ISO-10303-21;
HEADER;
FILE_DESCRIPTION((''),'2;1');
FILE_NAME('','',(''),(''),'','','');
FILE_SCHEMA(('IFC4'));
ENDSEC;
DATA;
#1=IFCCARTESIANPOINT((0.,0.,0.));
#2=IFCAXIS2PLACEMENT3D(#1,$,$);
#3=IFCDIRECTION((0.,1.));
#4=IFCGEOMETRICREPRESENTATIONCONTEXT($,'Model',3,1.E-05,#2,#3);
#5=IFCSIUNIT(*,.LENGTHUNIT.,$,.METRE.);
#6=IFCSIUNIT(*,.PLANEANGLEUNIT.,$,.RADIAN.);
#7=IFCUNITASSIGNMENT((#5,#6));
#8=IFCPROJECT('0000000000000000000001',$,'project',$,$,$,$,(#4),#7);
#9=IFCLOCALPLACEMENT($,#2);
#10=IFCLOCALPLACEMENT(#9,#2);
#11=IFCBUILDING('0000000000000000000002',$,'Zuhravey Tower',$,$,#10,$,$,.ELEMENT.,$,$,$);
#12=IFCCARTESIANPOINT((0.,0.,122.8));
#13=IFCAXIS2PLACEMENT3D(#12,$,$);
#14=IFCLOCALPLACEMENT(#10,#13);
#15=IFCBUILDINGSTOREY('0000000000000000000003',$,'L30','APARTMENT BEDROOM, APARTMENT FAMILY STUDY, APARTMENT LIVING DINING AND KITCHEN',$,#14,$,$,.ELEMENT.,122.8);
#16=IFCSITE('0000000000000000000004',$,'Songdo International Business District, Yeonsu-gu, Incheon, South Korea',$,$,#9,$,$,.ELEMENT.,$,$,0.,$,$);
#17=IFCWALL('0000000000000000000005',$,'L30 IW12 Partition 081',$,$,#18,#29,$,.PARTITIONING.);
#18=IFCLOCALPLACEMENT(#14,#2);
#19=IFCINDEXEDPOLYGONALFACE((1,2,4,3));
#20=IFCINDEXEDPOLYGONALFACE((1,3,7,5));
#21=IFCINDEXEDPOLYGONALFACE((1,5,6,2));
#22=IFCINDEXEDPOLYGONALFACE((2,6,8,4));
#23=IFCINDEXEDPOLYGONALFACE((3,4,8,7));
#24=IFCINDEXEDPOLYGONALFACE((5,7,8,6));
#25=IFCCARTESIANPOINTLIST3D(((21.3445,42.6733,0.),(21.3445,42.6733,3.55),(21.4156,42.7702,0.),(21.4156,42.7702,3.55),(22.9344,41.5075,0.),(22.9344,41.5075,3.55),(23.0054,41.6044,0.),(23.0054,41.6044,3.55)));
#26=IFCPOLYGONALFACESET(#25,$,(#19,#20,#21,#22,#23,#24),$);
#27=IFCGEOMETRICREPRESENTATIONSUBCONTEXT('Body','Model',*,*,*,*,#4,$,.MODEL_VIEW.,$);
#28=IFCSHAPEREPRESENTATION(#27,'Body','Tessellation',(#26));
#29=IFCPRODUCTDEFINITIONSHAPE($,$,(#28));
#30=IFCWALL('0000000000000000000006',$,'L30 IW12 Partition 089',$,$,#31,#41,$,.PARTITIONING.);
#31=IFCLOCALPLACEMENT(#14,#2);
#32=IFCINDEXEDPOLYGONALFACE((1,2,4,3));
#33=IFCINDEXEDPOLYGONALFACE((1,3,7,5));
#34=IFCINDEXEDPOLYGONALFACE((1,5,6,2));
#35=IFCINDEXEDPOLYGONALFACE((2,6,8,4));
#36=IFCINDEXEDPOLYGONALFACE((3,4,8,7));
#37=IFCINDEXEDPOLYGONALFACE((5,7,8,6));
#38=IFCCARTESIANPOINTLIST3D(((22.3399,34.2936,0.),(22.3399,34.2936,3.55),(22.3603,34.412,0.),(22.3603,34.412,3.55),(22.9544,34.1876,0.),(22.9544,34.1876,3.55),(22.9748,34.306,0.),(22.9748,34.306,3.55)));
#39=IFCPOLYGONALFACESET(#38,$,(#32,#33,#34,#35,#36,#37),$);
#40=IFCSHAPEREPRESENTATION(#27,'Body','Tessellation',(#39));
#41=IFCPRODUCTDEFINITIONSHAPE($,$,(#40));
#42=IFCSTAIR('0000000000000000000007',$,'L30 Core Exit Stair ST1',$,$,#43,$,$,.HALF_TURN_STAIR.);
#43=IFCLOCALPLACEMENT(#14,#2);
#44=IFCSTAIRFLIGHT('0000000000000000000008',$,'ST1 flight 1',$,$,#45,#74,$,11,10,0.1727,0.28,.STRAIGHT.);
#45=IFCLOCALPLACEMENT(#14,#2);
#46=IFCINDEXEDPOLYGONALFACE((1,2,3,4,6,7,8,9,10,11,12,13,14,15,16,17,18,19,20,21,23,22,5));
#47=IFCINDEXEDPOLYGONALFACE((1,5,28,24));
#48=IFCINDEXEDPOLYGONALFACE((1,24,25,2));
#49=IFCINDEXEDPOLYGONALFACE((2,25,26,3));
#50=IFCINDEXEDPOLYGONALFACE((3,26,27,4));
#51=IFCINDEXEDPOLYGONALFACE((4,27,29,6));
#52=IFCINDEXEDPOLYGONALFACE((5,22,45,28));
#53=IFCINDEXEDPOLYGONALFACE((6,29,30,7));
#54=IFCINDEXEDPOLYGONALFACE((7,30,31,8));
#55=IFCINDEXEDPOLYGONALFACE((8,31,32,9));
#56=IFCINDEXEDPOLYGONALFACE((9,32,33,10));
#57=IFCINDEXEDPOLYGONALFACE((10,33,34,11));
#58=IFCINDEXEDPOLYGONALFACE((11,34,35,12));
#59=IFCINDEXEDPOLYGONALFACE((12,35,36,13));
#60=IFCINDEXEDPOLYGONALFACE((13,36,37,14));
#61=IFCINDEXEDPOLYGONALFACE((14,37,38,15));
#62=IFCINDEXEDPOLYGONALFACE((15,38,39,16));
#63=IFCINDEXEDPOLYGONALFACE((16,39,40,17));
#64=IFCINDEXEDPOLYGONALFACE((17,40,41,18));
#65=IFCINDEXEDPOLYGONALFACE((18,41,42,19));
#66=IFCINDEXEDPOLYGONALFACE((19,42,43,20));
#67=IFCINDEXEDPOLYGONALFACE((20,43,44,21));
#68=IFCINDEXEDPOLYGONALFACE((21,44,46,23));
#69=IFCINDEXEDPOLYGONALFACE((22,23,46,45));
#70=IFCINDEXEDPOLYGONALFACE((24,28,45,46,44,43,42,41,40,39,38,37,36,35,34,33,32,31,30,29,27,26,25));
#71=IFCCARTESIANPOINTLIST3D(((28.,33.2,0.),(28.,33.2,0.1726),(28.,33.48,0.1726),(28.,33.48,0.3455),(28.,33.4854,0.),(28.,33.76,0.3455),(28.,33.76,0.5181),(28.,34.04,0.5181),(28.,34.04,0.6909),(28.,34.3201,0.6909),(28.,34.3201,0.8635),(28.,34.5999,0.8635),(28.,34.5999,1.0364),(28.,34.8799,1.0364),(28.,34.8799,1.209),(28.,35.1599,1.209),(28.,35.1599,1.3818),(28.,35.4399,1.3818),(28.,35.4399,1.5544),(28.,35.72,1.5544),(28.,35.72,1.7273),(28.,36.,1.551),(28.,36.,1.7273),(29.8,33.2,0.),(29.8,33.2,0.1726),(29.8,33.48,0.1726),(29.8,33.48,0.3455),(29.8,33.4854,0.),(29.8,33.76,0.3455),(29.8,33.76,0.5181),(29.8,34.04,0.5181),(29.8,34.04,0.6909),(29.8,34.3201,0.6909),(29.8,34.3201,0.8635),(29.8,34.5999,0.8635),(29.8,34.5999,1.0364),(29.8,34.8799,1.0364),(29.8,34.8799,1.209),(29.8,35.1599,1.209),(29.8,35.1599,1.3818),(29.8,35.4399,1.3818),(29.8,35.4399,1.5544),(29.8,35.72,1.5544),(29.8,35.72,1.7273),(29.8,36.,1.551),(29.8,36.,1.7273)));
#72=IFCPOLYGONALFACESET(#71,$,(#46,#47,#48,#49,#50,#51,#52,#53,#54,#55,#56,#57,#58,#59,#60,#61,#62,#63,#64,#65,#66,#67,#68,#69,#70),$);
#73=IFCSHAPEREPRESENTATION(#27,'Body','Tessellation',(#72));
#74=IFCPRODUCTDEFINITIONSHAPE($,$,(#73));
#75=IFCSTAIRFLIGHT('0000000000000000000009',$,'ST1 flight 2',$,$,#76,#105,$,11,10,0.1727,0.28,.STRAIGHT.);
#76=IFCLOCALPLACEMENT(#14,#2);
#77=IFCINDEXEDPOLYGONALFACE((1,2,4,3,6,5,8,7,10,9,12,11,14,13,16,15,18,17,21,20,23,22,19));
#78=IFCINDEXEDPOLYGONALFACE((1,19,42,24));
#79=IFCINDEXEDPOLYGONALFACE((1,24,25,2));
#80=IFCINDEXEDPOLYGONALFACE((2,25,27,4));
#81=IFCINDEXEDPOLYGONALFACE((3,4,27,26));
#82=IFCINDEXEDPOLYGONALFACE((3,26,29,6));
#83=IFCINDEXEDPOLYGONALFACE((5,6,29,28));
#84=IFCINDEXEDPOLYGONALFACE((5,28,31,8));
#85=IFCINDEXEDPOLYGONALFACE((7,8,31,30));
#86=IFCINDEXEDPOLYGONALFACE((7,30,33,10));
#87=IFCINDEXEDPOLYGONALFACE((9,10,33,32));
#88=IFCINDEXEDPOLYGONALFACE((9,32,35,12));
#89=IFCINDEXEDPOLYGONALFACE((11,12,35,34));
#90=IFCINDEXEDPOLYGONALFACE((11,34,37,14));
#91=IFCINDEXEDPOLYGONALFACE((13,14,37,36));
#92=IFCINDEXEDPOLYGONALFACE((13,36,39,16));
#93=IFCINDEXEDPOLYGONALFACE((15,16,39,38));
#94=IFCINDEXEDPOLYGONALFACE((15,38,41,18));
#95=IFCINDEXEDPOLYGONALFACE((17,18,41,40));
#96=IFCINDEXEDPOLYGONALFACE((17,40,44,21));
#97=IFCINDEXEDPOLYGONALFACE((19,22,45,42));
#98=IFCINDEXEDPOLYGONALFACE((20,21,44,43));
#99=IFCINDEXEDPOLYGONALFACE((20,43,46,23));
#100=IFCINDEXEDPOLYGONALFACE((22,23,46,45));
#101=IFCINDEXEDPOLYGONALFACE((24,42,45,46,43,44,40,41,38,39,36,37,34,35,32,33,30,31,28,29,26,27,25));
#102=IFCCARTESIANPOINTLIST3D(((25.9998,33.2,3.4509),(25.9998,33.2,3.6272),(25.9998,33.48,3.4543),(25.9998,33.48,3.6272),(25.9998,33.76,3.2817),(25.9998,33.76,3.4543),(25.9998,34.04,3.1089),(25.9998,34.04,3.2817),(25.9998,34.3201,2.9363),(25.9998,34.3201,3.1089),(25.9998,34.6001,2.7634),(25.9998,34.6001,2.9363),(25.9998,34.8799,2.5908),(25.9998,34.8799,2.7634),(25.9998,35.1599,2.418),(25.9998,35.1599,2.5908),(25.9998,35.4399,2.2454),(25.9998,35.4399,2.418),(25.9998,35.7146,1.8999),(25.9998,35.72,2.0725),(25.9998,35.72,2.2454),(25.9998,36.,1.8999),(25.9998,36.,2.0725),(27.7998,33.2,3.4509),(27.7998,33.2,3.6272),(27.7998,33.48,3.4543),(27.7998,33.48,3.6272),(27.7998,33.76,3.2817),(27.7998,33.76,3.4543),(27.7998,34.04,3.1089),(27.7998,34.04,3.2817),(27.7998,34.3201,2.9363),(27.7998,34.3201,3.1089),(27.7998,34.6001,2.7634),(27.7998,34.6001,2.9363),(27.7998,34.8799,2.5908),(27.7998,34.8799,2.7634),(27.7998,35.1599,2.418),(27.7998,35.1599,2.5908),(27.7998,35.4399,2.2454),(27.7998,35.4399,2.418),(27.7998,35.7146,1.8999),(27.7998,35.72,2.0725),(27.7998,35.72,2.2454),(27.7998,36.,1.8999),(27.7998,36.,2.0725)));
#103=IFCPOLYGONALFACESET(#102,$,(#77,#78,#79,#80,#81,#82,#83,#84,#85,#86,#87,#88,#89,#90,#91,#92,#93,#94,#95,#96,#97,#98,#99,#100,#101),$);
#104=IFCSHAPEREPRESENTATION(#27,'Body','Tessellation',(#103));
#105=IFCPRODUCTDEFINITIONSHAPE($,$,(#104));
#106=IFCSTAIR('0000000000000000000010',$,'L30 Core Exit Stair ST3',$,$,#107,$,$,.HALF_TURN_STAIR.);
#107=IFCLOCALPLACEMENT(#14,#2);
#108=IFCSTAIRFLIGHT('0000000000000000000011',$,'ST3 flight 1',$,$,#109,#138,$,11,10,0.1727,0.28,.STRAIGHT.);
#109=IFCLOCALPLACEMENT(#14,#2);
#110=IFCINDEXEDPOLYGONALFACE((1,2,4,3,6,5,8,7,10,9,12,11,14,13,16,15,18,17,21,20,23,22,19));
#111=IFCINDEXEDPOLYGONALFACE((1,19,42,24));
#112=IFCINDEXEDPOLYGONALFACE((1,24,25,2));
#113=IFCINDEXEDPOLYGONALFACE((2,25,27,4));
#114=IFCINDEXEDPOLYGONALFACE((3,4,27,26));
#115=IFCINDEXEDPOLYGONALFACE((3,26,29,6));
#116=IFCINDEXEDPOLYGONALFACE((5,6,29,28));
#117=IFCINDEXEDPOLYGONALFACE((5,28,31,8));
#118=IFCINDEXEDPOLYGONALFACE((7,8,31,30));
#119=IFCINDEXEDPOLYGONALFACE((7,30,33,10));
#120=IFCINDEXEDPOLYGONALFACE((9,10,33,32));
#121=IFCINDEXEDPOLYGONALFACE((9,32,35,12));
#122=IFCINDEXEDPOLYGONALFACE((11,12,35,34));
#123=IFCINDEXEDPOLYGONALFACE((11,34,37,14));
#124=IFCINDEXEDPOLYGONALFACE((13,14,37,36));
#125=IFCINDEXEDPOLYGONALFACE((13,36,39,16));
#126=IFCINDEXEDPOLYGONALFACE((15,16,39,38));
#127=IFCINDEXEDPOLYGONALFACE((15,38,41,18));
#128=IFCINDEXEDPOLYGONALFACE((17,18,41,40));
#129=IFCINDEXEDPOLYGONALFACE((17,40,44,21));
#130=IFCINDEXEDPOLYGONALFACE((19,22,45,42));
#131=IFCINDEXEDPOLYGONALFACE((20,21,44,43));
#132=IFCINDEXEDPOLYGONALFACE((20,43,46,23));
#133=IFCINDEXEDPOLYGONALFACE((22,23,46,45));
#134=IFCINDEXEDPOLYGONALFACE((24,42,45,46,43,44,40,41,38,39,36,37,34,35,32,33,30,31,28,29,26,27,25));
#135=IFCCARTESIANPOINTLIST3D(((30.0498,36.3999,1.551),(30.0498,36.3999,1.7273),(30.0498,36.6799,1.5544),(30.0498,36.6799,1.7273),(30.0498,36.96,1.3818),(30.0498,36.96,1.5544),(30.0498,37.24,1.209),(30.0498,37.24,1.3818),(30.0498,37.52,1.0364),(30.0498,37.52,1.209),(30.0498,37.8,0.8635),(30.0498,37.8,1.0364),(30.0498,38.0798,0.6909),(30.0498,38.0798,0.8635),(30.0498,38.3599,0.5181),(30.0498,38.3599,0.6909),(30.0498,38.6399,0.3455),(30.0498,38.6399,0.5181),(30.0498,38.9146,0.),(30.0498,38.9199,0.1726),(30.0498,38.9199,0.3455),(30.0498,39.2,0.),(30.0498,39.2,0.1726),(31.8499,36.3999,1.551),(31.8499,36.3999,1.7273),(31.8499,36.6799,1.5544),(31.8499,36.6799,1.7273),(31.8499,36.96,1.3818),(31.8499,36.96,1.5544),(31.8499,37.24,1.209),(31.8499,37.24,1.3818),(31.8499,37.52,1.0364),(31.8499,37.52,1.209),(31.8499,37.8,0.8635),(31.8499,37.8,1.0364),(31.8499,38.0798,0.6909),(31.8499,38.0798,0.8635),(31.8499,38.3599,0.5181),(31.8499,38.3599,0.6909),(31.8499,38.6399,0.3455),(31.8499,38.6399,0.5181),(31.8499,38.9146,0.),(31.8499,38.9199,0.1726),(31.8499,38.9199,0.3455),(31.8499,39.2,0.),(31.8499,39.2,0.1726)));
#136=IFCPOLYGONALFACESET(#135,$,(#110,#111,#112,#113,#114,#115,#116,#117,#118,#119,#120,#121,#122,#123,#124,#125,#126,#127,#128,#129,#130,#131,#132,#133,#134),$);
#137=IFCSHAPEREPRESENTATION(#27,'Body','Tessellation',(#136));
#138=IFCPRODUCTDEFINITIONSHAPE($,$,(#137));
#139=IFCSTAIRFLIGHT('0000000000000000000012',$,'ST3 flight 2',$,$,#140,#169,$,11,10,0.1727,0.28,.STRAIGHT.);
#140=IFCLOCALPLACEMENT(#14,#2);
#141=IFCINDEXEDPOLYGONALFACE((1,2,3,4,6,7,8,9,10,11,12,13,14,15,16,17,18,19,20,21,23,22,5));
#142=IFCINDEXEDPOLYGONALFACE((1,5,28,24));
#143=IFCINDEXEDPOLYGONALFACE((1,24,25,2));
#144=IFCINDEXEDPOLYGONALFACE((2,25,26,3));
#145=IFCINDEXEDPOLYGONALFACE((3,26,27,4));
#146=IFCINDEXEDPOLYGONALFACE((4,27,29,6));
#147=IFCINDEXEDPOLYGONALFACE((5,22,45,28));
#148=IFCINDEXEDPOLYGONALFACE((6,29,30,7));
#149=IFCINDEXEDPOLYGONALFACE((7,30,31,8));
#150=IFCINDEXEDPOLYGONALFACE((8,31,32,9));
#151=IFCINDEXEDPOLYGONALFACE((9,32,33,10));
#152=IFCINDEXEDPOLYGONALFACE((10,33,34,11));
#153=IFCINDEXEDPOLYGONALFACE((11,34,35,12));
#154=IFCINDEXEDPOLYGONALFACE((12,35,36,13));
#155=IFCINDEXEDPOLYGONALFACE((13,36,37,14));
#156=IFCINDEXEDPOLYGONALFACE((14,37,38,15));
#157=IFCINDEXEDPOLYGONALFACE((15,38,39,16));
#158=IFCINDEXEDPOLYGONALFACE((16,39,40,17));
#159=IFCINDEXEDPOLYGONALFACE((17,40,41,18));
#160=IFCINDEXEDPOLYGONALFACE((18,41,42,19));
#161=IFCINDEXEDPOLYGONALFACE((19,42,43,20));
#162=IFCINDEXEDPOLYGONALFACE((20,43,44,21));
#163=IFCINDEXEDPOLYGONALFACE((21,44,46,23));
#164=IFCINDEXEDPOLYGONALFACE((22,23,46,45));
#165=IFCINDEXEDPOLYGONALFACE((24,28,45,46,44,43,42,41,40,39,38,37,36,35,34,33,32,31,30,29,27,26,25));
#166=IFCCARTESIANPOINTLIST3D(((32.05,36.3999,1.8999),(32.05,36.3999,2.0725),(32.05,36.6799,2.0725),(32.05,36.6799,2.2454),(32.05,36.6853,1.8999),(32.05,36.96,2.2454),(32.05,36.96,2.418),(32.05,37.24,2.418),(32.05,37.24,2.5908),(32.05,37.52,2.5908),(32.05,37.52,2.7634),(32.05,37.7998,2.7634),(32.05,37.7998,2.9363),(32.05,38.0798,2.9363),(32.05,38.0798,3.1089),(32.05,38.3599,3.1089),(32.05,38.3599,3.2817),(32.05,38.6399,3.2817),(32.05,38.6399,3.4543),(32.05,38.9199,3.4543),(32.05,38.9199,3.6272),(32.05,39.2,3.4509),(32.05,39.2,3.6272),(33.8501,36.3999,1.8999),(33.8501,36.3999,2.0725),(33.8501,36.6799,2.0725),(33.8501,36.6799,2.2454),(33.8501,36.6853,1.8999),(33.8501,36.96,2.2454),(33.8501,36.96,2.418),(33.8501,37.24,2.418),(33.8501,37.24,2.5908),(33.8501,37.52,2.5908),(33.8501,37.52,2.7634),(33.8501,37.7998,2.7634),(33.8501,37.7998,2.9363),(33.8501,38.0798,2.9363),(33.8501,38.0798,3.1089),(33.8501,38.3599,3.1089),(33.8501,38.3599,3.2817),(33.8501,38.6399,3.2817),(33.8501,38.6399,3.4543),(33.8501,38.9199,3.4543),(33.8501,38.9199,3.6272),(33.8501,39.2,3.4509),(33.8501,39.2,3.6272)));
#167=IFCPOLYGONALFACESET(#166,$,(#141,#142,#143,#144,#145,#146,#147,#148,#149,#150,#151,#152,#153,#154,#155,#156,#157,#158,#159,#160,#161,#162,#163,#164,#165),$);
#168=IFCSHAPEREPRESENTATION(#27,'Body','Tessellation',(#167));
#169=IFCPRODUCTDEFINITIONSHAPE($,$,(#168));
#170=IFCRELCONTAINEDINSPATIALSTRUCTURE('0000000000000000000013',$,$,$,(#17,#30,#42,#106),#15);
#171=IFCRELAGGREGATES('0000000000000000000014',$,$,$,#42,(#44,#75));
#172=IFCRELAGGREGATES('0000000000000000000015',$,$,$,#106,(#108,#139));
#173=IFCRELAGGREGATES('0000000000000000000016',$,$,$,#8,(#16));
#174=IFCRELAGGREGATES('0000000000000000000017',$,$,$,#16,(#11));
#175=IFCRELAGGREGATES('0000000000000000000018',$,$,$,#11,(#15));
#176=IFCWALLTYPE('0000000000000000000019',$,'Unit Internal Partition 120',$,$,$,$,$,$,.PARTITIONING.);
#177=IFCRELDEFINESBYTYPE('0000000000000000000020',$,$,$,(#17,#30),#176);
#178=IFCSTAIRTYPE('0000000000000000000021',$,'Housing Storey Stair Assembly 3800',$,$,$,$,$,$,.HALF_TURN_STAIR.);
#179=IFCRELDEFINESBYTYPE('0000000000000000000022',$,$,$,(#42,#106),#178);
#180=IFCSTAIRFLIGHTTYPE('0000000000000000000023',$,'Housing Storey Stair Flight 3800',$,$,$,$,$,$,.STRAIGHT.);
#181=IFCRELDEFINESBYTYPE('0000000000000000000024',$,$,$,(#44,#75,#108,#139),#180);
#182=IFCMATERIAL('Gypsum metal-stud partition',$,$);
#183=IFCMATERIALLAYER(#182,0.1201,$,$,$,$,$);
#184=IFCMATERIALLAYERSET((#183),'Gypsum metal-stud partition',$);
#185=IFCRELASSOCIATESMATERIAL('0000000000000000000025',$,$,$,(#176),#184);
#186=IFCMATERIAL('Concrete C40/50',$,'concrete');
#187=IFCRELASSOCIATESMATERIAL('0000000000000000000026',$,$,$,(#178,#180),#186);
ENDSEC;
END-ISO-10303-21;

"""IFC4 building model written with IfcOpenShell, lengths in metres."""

from ifc_helpers import new_model, si_unit, direction, frame, frame_2d, origin, place, context, subcontext, project, spatial, polyline, rectangle, outline, extrude, material, layer, layer_set, type_object, element, aggregate, save


model = new_model("IFC4")

# Units and contexts
model_context = context("Model", 3, precision=1e-05, world=origin(), true_north=direction((0.0, 1.0)))
body_context = subcontext(model_context, "Body", "Model", "MODEL_VIEW")
ifc_project = project(units=[si_unit("LENGTHUNIT", "METRE"), si_unit("PLANEANGLEUNIT", "RADIAN")], contexts=[model_context])

# Site, building, storey
site_placement = place(None, origin())
site = spatial("IfcSite", under=ifc_project, at=site_placement, Name="Songdo International Business District, Yeonsu-gu, Incheon, South Korea", CompositionType="ELEMENT", RefElevation=0.0)
building_placement = place(site_placement, origin())
building = spatial("IfcBuilding", under=site, at=building_placement, Name="Zuhravey Tower", CompositionType="ELEMENT")
storey_placement = place(building_placement, frame((0.0, 0.0, 122.8)))
storey = spatial("IfcBuildingStorey", under=building, at=storey_placement, Name="L30", Description="APARTMENT BEDROOM, APARTMENT FAMILY STUDY, APARTMENT LIVING DINING AND KITCHEN", CompositionType="ELEMENT", Elevation=122.8)

# Walls
ifc_material_1 = material(Name="Gypsum metal-stud partition")
ifc_layer_1 = layer(ifc_material_1, 0.1201)
ifc_layer_set_1 = layer_set([ifc_layer_1], Name="Gypsum metal-stud partition")
wall_type_1 = type_object("IfcWallType", Name="Unit Internal Partition 120", PredefinedType="PARTITIONING", material=ifc_layer_set_1)
wall_1_placement = place(storey_placement, frame((22.97, 41.5559, 0.0), z_axis=(0.0, 0.0, 1.0), x_axis=(-0.806433, 0.591326, 0.0)))
element("IfcWall", 1, at=wall_1_placement, inside=storey, type_object=wall_type_1, Name="L30 IW12 Partition 081", PredefinedType="PARTITIONING", context=body_context, shape_type="SweptSolid", body=[
    extrude(rectangle(XDim=1.9714, YDim=0.1201, at=frame_2d((0.9858, 0.0))), origin(), (0.0, 0.0, 1.0), 3.55),
])
wall_2_placement = place(storey_placement, frame((22.9646, 34.2468, 0.0), z_axis=(0.0, 0.0, 1.0), x_axis=(-0.985458, 0.16992, 0.0)))
element("IfcWall", 2, at=wall_2_placement, inside=storey, type_object=wall_type_1, Name="L30 IW12 Partition 089", PredefinedType="PARTITIONING", context=body_context, shape_type="SweptSolid", body=[
    extrude(rectangle(XDim=0.6235, YDim=0.1201, at=frame_2d((0.3118, 0.0))), origin(), (0.0, 0.0, 1.0), 3.55),
])

# Stairs, stair flights
ifc_material_2 = material(Name="Concrete C40/50", Category="concrete")
stair_type = type_object("IfcStairType", Name="Housing Storey Stair Assembly 3800", PredefinedType="HALF_TURN_STAIR", material=ifc_material_2)
stair_1_placement = place(storey_placement, origin())
stair_1 = element("IfcStair", 3, at=stair_1_placement, inside=storey, type_object=stair_type, Name="L30 Core Exit Stair ST1", PredefinedType="HALF_TURN_STAIR")
stair_flight_type = type_object("IfcStairFlightType", Name="Housing Storey Stair Flight 3800", PredefinedType="STRAIGHT", material=ifc_material_2)
stair_flight_1_placement = place(storey_placement, frame((28.8999, 33.2, 0.0), z_axis=(0.0, 0.0, 1.0), x_axis=(0.0, 1.0, 0.0)))
stair_flight_1 = element("IfcStairFlight", 4, at=stair_flight_1_placement, type_object=stair_flight_type, Name="ST1 flight 1", NumberOfRisers=11, NumberOfTreads=10, PredefinedType="STRAIGHT", RiserHeight=0.1727, TreadLength=0.28, context=body_context, shape_type="SweptSolid", body=[
    extrude(outline(polyline([(0.0, 0.0), (0.0, 0.1726), (0.28, 0.1726), (0.28, 0.3455), (0.5601, 0.3455), (0.5601, 0.5181), (0.8401, 0.5181), (0.8401, 0.6909), (1.1201, 0.6909), (1.1201, 0.8635), (1.3999, 0.8635), (1.3999, 1.0364), (1.6799, 1.0364), (1.6799, 1.209), (1.96, 1.209), (1.96, 1.3818), (2.24, 1.3818), (2.24, 1.5544), (2.52, 1.5544), (2.52, 1.7273), (2.8, 1.7273), (2.8, 1.8999), (2.8, 1.551), (0.2854, 0.0), (0.0, 0.0)])), frame((0.0, 0.8999, 0.0), z_axis=(0.0, -1.0, 0.0), x_axis=(1.0, 0.0, 0.0)), (0.0, 0.0, 1.0), 1.8),
])
stair_flight_2_placement = place(storey_placement, frame((26.8999, 36.0, 1.8999), z_axis=(0.0, 0.0, 1.0), x_axis=(0.0, -1.0, 0.0)))
stair_flight_2 = element("IfcStairFlight", 5, at=stair_flight_2_placement, type_object=stair_flight_type, Name="ST1 flight 2", NumberOfRisers=11, NumberOfTreads=10, PredefinedType="STRAIGHT", RiserHeight=0.1727, TreadLength=0.28, context=body_context, shape_type="SweptSolid", body=[
    extrude(outline(polyline([(0.0, 0.0), (0.0, 0.1726), (0.28, 0.1726), (0.28, 0.3455), (0.5601, 0.3455), (0.5601, 0.5181), (0.8401, 0.5181), (0.8401, 0.6909), (1.1201, 0.6909), (1.1201, 0.8635), (1.3999, 0.8635), (1.3999, 1.0364), (1.6799, 1.0364), (1.6799, 1.209), (1.96, 1.209), (1.96, 1.3818), (2.24, 1.3818), (2.24, 1.5544), (2.52, 1.5544), (2.52, 1.7273), (2.8, 1.7273), (2.8, 1.8999), (2.8, 1.551), (0.2854, 0.0), (0.0, 0.0)])), frame((0.0, 0.8999, 0.0), z_axis=(0.0, -1.0, 0.0), x_axis=(1.0, 0.0, 0.0)), (0.0, 0.0, 1.0), 1.8),
])
aggregate(stair_1, [stair_flight_1, stair_flight_2])
stair_2_placement = place(storey_placement, origin())
stair_2 = element("IfcStair", 6, at=stair_2_placement, inside=storey, type_object=stair_type, Name="L30 Core Exit Stair ST3", PredefinedType="HALF_TURN_STAIR")
stair_flight_3_placement = place(storey_placement, frame((30.95, 39.2, 0.0), z_axis=(0.0, 0.0, 1.0), x_axis=(0.0, -1.0, 0.0)))
stair_flight_3 = element("IfcStairFlight", 7, at=stair_flight_3_placement, type_object=stair_flight_type, Name="ST3 flight 1", NumberOfRisers=11, NumberOfTreads=10, PredefinedType="STRAIGHT", RiserHeight=0.1727, TreadLength=0.28, context=body_context, shape_type="SweptSolid", body=[
    extrude(outline(polyline([(0.0, 0.0), (0.0, 0.1726), (0.28, 0.1726), (0.28, 0.3455), (0.5601, 0.3455), (0.5601, 0.5181), (0.8401, 0.5181), (0.8401, 0.6909), (1.1201, 0.6909), (1.1201, 0.8635), (1.3999, 0.8635), (1.3999, 1.0364), (1.6799, 1.0364), (1.6799, 1.209), (1.96, 1.209), (1.96, 1.3818), (2.24, 1.3818), (2.24, 1.5544), (2.52, 1.5544), (2.52, 1.7273), (2.8, 1.7273), (2.8, 1.8999), (2.8, 1.551), (0.2854, 0.0), (0.0, 0.0)])), frame((0.0, 0.8999, 0.0), z_axis=(0.0, -1.0, 0.0), x_axis=(1.0, 0.0, 0.0)), (0.0, 0.0, 1.0), 1.8),
])
stair_flight_4_placement = place(storey_placement, frame((32.95, 36.3999, 1.8999), z_axis=(0.0, 0.0, 1.0), x_axis=(0.0, 1.0, 0.0)))
stair_flight_4 = element("IfcStairFlight", 8, at=stair_flight_4_placement, type_object=stair_flight_type, Name="ST3 flight 2", NumberOfRisers=11, NumberOfTreads=10, PredefinedType="STRAIGHT", RiserHeight=0.1727, TreadLength=0.28, context=body_context, shape_type="SweptSolid", body=[
    extrude(outline(polyline([(0.0, 0.0), (0.0, 0.1726), (0.28, 0.1726), (0.28, 0.3455), (0.5601, 0.3455), (0.5601, 0.5181), (0.8401, 0.5181), (0.8401, 0.6909), (1.1201, 0.6909), (1.1201, 0.8635), (1.3999, 0.8635), (1.3999, 1.0364), (1.6799, 1.0364), (1.6799, 1.209), (1.96, 1.209), (1.96, 1.3818), (2.24, 1.3818), (2.24, 1.5544), (2.52, 1.5544), (2.52, 1.7273), (2.8, 1.7273), (2.8, 1.8999), (2.8, 1.551), (0.2854, 0.0), (0.0, 0.0)])), frame((0.0, 0.8999, 0.0), z_axis=(0.0, -1.0, 0.0), x_axis=(1.0, 0.0, 0.0)), (0.0, 0.0, 1.0), 1.8),
])
aggregate(stair_2, [stair_flight_3, stair_flight_4])

save(model, "model.ifc")
